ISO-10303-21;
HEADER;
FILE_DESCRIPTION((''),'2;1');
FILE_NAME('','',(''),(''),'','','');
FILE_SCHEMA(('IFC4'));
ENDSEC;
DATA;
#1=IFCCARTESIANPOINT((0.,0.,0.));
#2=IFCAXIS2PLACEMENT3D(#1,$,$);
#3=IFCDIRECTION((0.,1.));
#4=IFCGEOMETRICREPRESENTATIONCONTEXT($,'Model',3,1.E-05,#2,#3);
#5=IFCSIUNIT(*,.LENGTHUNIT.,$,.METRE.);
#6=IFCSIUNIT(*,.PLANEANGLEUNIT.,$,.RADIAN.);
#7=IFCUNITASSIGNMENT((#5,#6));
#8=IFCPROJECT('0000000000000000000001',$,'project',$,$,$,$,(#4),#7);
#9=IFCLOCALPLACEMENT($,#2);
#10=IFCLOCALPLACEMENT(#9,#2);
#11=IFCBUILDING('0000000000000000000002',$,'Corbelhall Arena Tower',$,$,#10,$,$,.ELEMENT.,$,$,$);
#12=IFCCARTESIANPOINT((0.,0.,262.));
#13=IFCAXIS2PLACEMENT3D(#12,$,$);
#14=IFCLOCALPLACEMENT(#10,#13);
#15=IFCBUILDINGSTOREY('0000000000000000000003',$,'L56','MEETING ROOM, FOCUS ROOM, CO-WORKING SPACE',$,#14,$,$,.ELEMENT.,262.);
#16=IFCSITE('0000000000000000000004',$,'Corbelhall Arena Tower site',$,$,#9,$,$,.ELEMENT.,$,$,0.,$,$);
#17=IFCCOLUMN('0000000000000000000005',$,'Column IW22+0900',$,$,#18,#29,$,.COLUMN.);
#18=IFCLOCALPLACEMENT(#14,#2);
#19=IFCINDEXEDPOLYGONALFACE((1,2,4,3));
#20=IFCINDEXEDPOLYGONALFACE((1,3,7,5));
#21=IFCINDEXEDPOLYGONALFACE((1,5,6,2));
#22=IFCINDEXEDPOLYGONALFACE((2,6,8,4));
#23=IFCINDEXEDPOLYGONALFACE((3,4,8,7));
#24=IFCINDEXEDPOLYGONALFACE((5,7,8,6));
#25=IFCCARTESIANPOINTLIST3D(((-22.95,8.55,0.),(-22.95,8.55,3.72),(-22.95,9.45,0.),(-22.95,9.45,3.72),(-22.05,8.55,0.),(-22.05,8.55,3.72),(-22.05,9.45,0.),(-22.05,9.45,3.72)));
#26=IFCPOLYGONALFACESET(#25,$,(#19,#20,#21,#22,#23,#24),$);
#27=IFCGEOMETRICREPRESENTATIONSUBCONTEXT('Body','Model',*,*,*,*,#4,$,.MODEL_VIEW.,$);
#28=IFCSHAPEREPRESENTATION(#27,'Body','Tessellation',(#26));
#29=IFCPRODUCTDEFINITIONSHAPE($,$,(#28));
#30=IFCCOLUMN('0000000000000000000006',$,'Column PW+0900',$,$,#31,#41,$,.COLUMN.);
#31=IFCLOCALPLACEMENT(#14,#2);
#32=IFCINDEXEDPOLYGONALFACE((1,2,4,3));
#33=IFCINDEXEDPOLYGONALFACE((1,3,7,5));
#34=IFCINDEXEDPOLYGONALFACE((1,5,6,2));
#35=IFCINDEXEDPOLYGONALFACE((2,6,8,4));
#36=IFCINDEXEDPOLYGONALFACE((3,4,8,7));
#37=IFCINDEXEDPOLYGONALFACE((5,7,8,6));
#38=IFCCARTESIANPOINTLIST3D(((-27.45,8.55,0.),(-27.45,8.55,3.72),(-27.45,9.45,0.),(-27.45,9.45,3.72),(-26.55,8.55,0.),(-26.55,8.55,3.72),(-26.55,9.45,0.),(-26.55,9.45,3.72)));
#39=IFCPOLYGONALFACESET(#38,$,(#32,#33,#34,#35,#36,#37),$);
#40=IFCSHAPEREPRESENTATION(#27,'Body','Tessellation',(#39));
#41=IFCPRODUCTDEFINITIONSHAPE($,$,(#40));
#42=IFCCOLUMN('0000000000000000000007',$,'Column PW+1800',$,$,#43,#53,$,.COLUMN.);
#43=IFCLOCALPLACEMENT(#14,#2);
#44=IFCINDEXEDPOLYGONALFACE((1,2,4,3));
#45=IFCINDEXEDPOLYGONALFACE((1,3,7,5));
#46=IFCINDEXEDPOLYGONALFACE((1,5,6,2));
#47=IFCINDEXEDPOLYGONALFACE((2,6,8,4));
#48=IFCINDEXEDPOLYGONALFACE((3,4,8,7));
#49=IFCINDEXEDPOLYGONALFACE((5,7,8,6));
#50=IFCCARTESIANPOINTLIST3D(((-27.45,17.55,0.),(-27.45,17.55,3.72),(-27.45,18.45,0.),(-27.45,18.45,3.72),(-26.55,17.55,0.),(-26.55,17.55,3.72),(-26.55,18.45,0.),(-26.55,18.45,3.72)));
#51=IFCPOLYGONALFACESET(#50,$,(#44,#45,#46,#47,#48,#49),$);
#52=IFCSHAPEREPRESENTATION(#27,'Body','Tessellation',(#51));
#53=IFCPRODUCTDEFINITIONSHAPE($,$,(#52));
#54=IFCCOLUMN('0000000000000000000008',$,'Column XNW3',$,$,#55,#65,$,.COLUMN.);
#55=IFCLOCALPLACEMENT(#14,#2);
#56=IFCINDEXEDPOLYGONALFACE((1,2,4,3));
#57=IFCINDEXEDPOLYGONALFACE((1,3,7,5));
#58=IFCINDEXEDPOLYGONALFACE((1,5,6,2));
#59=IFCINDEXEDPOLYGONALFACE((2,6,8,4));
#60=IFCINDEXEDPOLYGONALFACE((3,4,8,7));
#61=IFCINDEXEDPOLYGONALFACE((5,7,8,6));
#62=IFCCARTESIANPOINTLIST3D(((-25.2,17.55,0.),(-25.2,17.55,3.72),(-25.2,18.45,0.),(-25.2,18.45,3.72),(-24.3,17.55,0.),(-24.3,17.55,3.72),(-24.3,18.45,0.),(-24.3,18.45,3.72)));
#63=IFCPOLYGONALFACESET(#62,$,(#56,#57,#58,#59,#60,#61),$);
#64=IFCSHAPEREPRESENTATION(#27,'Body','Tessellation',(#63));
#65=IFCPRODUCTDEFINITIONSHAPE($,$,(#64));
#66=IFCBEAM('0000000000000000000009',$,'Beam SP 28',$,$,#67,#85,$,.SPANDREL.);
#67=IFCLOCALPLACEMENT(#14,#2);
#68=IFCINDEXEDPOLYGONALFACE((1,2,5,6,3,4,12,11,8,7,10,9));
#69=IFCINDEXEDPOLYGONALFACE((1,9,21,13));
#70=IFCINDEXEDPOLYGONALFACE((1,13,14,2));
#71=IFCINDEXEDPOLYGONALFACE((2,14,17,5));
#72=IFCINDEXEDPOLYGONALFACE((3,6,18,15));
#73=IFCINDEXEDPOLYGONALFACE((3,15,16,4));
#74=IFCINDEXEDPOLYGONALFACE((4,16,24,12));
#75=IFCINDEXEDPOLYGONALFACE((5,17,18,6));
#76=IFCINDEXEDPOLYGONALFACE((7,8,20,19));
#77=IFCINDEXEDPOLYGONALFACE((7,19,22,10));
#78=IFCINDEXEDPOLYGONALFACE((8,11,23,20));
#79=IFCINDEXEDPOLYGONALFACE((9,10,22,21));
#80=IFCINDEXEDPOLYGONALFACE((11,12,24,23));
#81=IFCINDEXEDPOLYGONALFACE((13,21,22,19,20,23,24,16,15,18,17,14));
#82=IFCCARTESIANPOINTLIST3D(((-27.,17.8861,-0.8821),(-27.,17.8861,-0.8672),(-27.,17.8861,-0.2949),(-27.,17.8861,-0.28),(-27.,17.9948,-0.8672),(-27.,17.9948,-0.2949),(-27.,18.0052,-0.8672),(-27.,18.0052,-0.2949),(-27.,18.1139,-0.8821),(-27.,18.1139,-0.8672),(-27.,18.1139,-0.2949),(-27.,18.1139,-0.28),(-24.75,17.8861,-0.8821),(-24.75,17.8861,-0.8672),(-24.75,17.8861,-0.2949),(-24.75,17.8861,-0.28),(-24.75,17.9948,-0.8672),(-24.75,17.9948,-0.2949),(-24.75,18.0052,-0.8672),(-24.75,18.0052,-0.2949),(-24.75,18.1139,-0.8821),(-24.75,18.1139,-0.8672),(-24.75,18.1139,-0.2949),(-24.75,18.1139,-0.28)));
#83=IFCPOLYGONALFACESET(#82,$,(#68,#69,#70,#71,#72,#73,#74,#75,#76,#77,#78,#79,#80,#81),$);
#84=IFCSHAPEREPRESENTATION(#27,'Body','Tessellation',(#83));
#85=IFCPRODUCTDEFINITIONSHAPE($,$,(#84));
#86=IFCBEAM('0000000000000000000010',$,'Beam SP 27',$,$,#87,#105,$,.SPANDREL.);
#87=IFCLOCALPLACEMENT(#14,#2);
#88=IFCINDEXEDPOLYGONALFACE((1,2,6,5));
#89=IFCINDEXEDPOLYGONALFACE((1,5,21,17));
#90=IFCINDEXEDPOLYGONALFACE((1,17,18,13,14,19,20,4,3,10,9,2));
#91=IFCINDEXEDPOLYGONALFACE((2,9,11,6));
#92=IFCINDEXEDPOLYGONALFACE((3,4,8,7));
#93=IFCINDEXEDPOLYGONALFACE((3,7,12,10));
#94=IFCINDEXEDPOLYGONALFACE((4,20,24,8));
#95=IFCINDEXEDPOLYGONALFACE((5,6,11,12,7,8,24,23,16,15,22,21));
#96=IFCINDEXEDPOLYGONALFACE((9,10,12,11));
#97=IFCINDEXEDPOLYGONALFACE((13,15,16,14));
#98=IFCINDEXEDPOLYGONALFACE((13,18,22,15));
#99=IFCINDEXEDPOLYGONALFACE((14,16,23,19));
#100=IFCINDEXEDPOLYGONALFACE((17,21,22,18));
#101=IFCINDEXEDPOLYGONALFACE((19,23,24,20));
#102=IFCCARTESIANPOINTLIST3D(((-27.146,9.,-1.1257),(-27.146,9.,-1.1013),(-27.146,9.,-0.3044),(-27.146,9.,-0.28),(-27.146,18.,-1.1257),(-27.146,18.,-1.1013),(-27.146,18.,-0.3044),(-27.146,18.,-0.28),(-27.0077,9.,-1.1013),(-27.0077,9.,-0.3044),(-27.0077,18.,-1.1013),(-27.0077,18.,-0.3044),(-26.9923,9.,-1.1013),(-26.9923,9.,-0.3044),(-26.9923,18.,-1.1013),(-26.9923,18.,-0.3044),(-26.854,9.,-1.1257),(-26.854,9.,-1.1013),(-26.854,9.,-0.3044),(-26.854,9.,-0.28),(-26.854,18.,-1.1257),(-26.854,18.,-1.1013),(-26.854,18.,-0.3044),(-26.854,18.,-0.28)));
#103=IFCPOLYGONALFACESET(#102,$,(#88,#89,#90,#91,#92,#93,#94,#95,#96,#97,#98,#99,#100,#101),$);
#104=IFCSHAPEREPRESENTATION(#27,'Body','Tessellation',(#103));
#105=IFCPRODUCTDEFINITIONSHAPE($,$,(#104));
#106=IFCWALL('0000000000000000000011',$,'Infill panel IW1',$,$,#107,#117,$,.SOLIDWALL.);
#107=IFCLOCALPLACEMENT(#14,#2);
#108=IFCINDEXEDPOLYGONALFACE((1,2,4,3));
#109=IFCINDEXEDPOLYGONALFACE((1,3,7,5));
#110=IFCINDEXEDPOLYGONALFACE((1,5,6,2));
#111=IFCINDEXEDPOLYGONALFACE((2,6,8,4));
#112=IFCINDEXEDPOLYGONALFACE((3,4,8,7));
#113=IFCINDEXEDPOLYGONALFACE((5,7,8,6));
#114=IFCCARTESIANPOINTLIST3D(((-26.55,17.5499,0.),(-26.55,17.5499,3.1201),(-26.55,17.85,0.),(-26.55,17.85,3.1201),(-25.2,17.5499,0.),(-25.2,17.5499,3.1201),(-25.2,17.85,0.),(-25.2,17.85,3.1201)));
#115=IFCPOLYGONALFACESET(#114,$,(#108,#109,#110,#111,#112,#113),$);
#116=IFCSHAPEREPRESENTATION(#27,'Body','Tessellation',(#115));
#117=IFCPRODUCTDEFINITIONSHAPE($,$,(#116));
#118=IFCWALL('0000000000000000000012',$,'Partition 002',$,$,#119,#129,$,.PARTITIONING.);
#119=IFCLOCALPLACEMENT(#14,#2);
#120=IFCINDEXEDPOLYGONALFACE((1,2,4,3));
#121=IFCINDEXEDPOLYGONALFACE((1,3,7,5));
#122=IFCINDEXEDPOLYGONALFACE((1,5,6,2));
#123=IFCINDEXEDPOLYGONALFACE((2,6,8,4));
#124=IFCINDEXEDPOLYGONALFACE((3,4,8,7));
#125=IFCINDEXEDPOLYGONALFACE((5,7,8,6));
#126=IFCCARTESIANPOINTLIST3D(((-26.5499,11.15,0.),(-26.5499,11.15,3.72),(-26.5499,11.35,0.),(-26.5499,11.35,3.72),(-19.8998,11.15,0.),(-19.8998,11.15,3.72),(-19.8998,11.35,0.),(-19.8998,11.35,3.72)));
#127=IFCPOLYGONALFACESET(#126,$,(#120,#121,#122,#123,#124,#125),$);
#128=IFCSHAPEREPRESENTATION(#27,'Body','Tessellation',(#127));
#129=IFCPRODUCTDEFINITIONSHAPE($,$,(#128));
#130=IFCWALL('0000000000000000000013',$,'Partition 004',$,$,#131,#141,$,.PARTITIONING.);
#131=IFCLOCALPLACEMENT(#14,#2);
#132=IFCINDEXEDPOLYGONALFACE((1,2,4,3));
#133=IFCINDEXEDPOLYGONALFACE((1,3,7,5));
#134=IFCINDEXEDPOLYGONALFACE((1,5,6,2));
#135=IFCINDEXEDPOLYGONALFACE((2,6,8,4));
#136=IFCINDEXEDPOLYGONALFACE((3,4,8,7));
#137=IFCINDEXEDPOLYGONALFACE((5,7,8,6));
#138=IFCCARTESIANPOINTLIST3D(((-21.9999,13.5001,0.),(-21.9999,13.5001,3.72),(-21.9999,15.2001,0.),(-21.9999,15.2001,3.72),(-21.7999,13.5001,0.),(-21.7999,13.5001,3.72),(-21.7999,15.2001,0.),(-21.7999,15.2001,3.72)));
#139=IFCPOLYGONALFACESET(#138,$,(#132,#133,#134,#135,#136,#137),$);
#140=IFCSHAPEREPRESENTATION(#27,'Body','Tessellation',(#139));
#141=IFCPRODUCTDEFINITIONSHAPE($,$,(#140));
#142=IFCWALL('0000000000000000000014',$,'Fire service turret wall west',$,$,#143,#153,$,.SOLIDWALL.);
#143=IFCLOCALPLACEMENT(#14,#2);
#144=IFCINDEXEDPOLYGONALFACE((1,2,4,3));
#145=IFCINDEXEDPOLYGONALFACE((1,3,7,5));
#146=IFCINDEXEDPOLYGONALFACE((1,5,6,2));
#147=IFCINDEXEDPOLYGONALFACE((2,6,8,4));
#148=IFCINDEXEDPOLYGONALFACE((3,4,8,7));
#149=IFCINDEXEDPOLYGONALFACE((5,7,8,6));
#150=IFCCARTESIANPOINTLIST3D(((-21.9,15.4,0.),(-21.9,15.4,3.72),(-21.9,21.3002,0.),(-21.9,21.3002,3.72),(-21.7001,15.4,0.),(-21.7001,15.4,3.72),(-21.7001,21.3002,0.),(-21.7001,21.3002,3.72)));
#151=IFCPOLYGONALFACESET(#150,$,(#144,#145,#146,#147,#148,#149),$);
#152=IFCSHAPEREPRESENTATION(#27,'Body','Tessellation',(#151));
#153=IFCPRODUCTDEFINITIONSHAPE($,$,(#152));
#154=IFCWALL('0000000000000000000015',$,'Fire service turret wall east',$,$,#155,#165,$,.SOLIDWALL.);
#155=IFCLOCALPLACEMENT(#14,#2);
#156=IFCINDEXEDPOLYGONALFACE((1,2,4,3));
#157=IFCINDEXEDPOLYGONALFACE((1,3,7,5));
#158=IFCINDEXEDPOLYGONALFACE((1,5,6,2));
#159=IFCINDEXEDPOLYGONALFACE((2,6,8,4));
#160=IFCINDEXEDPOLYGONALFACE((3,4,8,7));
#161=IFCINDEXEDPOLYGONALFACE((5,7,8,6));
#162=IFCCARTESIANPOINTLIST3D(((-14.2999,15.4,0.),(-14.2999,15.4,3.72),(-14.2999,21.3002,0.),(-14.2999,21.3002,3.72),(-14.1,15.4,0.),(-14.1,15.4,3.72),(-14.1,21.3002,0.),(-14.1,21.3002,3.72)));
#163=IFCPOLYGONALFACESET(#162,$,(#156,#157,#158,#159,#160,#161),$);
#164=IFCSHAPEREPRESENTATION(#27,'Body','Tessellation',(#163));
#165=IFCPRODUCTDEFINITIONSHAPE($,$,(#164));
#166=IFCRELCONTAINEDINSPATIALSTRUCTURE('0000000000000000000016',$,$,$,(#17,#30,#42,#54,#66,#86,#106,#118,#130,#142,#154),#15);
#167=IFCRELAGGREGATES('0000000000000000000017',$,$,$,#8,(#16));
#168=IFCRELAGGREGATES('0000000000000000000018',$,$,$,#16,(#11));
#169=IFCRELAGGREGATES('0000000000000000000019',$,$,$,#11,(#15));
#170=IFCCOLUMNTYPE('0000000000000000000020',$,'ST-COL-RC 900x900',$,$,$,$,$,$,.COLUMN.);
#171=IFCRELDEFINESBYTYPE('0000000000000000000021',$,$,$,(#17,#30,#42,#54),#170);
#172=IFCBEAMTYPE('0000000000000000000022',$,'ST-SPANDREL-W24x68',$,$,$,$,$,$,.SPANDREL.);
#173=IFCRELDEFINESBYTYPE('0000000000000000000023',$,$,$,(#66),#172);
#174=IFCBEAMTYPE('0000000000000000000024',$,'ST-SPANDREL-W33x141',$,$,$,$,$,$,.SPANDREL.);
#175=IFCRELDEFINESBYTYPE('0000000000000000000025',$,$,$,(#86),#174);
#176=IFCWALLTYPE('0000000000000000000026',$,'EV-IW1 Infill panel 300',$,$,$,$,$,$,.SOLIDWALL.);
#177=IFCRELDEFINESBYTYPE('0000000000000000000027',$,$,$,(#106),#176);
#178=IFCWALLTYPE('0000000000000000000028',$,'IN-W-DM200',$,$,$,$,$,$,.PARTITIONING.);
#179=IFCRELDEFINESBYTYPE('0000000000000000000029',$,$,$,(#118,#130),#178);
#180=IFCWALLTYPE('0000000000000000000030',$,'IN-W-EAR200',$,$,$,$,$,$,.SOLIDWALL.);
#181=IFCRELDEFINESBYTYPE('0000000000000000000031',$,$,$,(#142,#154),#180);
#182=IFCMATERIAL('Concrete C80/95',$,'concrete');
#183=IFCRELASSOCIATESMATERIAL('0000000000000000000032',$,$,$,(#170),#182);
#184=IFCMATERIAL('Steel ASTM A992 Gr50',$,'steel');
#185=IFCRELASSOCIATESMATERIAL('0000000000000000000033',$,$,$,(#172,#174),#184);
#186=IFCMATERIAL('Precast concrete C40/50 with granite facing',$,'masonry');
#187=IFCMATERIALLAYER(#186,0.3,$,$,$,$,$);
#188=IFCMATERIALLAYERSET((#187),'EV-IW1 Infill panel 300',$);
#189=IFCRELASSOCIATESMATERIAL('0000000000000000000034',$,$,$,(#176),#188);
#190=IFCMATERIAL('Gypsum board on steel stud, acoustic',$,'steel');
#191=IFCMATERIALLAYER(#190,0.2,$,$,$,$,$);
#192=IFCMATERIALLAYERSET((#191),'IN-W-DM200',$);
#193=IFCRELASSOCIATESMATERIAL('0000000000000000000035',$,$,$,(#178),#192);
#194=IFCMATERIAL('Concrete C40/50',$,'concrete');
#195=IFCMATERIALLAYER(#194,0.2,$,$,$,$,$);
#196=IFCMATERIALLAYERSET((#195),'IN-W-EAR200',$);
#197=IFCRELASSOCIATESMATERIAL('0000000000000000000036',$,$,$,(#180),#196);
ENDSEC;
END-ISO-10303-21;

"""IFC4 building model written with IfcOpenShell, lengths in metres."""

from ifc_helpers import new_model, si_unit, direction, frame, frame_2d, origin, origin_2d, place, context, subcontext, project, spatial, rectangle, i_section, extrude, material, layer, layer_set, material_profile, profile_set, type_object, element, save


model = new_model("IFC4")

# Units and contexts
model_context = context("Model", 3, precision=1e-05, world=origin(), true_north=direction((0.0, 1.0)))
body_context = subcontext(model_context, "Body", "Model", "MODEL_VIEW")
ifc_project = project(units=[si_unit("LENGTHUNIT", "METRE"), si_unit("PLANEANGLEUNIT", "RADIAN")], contexts=[model_context])

# Site, building, storey
site_placement = place(None, origin())
site = spatial("IfcSite", under=ifc_project, at=site_placement, Name="Corbelhall Arena Tower site", CompositionType="ELEMENT", RefElevation=0.0)
building_placement = place(site_placement, origin())
building = spatial("IfcBuilding", under=site, at=building_placement, Name="Corbelhall Arena Tower", CompositionType="ELEMENT")
storey_placement = place(building_placement, frame((0.0, 0.0, 262.0)))
storey = spatial("IfcBuildingStorey", under=building, at=storey_placement, Name="L56", Description="MEETING ROOM, FOCUS ROOM, CO-WORKING SPACE", CompositionType="ELEMENT", Elevation=262.0)

# Columns
ifc_material_1 = material(Name="Concrete C80/95", Category="concrete")
ifc_material_profile_1 = material_profile(ifc_material_1, rectangle(XDim=0.8999, YDim=0.8999, at=origin_2d()))
ifc_profile_set_1 = profile_set([ifc_material_profile_1], Name="Concrete C80/95")
column_type = type_object("IfcColumnType", Name="ST-COL-RC 900x900", PredefinedType="COLUMN", material=ifc_profile_set_1)
for number, where, z_axis, x_axis, name in (
    (1, (-22.5, 9.0, 0.0), (0.0, 0.0, 1.0), (1.0, 0.0, 0.0), "Column IW22+0900"),
    (2, (-27.0, 9.0, 0.0), (0.0, 0.0, 1.0), (0.0, 1.0, 0.0), "Column PW+0900"),
    (3, (-27.0, 18.0, 0.0), (0.0, 0.0, 1.0), (0.0, 1.0, 0.0), "Column PW+1800"),
    (4, (-24.75, 18.0, 0.0), (0.0, 0.0, 1.0), (1.0, 0.0, 0.0), "Column XNW3"),
):
    element("IfcColumn", number, at=place(storey_placement, frame(where, z_axis=z_axis, x_axis=x_axis)), inside=storey, type_object=column_type, Name=name, PredefinedType="COLUMN", context=body_context, shape_type="SweptSolid", body=[
        extrude(rectangle(XDim=0.8999, YDim=0.8999, at=origin_2d()), origin(), (0.0, 0.0, 1.0), 3.72),
    ])

# Beams
ifc_material_2 = material(Name="Steel ASTM A992 Gr50", Category="steel")
ifc_material_profile_2 = material_profile(ifc_material_2, i_section(OverallWidth=0.2278, OverallDepth=0.6021, WebThickness=0.0105, FlangeThickness=0.0149, at=origin_2d()))
ifc_profile_set_2 = profile_set([ifc_material_profile_2], Name="Steel ASTM A992 Gr50")
beam_type_1 = type_object("IfcBeamType", Name="ST-SPANDREL-W24x68", PredefinedType="SPANDREL", material=ifc_profile_set_2)
beam_1_placement = place(storey_placement, frame((-27.0, 18.0, -0.5811), z_axis=(1.0, 0.0, 0.0), x_axis=(0.0, 1.0, 0.0)))
element("IfcBeam", 5, at=beam_1_placement, inside=storey, type_object=beam_type_1, Name="Beam SP 28", PredefinedType="SPANDREL", context=body_context, shape_type="SweptSolid", body=[
    extrude(i_section(OverallWidth=0.2278, OverallDepth=0.6021, WebThickness=0.0105, FlangeThickness=0.0149, at=origin_2d()), origin(), (0.0, 0.0, 1.0), 2.25),
])
ifc_material_profile_3 = material_profile(ifc_material_2, i_section(OverallWidth=0.292, OverallDepth=0.8457, WebThickness=0.0154, FlangeThickness=0.0244, at=origin_2d()))
ifc_profile_set_3 = profile_set([ifc_material_profile_3], Name="Steel ASTM A992 Gr50")
beam_type_2 = type_object("IfcBeamType", Name="ST-SPANDREL-W33x141", PredefinedType="SPANDREL", material=ifc_profile_set_3)
beam_2_placement = place(storey_placement, frame((-27.0, 9.0, -0.7029), z_axis=(0.0, 1.0, 0.0), x_axis=(-1.0, 0.0, 0.0)))
element("IfcBeam", 6, at=beam_2_placement, inside=storey, type_object=beam_type_2, Name="Beam SP 27", PredefinedType="SPANDREL", context=body_context, shape_type="SweptSolid", body=[
    extrude(i_section(OverallWidth=0.292, OverallDepth=0.8457, WebThickness=0.0154, FlangeThickness=0.0244, at=origin_2d()), origin(), (0.0, 0.0, 1.0), 9.0),
])

# Wall
ifc_material_3 = material(Name="Precast concrete C40/50 with granite facing", Category="masonry")
ifc_layer_1 = layer(ifc_material_3, 0.3)
ifc_layer_set_1 = layer_set([ifc_layer_1], Name="EV-IW1 Infill panel 300")
wall_type_1 = type_object("IfcWallType", Name="EV-IW1 Infill panel 300", PredefinedType="SOLIDWALL", material=ifc_layer_set_1)
wall_1_placement = place(storey_placement, frame((-25.2, 17.7, 0.0), z_axis=(0.0, 0.0, 1.0), x_axis=(-1.0, 0.0, 0.0)))
element("IfcWall", 7, at=wall_1_placement, inside=storey, type_object=wall_type_1, Name="Infill panel IW1", PredefinedType="SOLIDWALL", context=body_context, shape_type="SweptSolid", body=[
    extrude(rectangle(XDim=1.3501, YDim=0.3, at=frame_2d((0.675, 0.0))), origin(), (0.0, 0.0, 1.0), 3.1201),
])

# Walls
ifc_material_4 = material(Name="Gypsum board on steel stud, acoustic", Category="steel")
ifc_layer_2 = layer(ifc_material_4, 0.2)
ifc_layer_set_2 = layer_set([ifc_layer_2], Name="IN-W-DM200")
wall_type_2 = type_object("IfcWallType", Name="IN-W-DM200", PredefinedType="PARTITIONING", material=ifc_layer_set_2)
wall_2_placement = place(storey_placement, frame((-26.55, 11.25, 0.0), z_axis=(0.0, 0.0, 1.0), x_axis=(1.0, 0.0, 0.0)))
element("IfcWall", 8, at=wall_2_placement, inside=storey, type_object=wall_type_2, Name="Partition 002", PredefinedType="PARTITIONING", context=body_context, shape_type="SweptSolid", body=[
    extrude(rectangle(XDim=6.6501, YDim=0.2, at=frame_2d((3.3252, 0.0))), origin(), (0.0, 0.0, 1.0), 3.72),
])
wall_3_placement = place(storey_placement, frame((-21.8999, 13.5, 0.0), z_axis=(0.0, 0.0, 1.0), x_axis=(0.0, 1.0, 0.0)))
element("IfcWall", 9, at=wall_3_placement, inside=storey, type_object=wall_type_2, Name="Partition 004", PredefinedType="PARTITIONING", context=body_context, shape_type="SweptSolid", body=[
    extrude(rectangle(XDim=1.7, YDim=0.2, at=frame_2d((0.8501, 0.0))), origin(), (0.0, 0.0, 1.0), 3.72),
])

# Shared definitions
ifc_material_5 = material(Name="Concrete C40/50", Category="concrete")
ifc_layer_3 = layer(ifc_material_5, 0.2)
ifc_layer_set_3 = layer_set([ifc_layer_3], Name="IN-W-EAR200")
wall_type_3 = type_object("IfcWallType", Name="IN-W-EAR200", PredefinedType="SOLIDWALL", material=ifc_layer_set_3)

# Walls
for number, where, z_axis, x_axis, name in (
    (10, (-21.8, 15.3999, 0.0), (0.0, 0.0, 1.0), (0.0, 1.0, 0.0), "Fire service turret wall west"),
    (11, (-14.2, 15.3999, 0.0), (0.0, 0.0, 1.0), (0.0, 1.0, 0.0), "Fire service turret wall east"),
):
    element("IfcWall", number, at=place(storey_placement, frame(where, z_axis=z_axis, x_axis=x_axis)), inside=storey, type_object=wall_type_3, Name=name, PredefinedType="SOLIDWALL", context=body_context, shape_type="SweptSolid", body=[
        extrude(rectangle(XDim=5.9001, YDim=0.2, at=frame_2d((2.9502, 0.0))), origin(), (0.0, 0.0, 1.0), 3.72),
    ])

save(model, "model.ifc")
